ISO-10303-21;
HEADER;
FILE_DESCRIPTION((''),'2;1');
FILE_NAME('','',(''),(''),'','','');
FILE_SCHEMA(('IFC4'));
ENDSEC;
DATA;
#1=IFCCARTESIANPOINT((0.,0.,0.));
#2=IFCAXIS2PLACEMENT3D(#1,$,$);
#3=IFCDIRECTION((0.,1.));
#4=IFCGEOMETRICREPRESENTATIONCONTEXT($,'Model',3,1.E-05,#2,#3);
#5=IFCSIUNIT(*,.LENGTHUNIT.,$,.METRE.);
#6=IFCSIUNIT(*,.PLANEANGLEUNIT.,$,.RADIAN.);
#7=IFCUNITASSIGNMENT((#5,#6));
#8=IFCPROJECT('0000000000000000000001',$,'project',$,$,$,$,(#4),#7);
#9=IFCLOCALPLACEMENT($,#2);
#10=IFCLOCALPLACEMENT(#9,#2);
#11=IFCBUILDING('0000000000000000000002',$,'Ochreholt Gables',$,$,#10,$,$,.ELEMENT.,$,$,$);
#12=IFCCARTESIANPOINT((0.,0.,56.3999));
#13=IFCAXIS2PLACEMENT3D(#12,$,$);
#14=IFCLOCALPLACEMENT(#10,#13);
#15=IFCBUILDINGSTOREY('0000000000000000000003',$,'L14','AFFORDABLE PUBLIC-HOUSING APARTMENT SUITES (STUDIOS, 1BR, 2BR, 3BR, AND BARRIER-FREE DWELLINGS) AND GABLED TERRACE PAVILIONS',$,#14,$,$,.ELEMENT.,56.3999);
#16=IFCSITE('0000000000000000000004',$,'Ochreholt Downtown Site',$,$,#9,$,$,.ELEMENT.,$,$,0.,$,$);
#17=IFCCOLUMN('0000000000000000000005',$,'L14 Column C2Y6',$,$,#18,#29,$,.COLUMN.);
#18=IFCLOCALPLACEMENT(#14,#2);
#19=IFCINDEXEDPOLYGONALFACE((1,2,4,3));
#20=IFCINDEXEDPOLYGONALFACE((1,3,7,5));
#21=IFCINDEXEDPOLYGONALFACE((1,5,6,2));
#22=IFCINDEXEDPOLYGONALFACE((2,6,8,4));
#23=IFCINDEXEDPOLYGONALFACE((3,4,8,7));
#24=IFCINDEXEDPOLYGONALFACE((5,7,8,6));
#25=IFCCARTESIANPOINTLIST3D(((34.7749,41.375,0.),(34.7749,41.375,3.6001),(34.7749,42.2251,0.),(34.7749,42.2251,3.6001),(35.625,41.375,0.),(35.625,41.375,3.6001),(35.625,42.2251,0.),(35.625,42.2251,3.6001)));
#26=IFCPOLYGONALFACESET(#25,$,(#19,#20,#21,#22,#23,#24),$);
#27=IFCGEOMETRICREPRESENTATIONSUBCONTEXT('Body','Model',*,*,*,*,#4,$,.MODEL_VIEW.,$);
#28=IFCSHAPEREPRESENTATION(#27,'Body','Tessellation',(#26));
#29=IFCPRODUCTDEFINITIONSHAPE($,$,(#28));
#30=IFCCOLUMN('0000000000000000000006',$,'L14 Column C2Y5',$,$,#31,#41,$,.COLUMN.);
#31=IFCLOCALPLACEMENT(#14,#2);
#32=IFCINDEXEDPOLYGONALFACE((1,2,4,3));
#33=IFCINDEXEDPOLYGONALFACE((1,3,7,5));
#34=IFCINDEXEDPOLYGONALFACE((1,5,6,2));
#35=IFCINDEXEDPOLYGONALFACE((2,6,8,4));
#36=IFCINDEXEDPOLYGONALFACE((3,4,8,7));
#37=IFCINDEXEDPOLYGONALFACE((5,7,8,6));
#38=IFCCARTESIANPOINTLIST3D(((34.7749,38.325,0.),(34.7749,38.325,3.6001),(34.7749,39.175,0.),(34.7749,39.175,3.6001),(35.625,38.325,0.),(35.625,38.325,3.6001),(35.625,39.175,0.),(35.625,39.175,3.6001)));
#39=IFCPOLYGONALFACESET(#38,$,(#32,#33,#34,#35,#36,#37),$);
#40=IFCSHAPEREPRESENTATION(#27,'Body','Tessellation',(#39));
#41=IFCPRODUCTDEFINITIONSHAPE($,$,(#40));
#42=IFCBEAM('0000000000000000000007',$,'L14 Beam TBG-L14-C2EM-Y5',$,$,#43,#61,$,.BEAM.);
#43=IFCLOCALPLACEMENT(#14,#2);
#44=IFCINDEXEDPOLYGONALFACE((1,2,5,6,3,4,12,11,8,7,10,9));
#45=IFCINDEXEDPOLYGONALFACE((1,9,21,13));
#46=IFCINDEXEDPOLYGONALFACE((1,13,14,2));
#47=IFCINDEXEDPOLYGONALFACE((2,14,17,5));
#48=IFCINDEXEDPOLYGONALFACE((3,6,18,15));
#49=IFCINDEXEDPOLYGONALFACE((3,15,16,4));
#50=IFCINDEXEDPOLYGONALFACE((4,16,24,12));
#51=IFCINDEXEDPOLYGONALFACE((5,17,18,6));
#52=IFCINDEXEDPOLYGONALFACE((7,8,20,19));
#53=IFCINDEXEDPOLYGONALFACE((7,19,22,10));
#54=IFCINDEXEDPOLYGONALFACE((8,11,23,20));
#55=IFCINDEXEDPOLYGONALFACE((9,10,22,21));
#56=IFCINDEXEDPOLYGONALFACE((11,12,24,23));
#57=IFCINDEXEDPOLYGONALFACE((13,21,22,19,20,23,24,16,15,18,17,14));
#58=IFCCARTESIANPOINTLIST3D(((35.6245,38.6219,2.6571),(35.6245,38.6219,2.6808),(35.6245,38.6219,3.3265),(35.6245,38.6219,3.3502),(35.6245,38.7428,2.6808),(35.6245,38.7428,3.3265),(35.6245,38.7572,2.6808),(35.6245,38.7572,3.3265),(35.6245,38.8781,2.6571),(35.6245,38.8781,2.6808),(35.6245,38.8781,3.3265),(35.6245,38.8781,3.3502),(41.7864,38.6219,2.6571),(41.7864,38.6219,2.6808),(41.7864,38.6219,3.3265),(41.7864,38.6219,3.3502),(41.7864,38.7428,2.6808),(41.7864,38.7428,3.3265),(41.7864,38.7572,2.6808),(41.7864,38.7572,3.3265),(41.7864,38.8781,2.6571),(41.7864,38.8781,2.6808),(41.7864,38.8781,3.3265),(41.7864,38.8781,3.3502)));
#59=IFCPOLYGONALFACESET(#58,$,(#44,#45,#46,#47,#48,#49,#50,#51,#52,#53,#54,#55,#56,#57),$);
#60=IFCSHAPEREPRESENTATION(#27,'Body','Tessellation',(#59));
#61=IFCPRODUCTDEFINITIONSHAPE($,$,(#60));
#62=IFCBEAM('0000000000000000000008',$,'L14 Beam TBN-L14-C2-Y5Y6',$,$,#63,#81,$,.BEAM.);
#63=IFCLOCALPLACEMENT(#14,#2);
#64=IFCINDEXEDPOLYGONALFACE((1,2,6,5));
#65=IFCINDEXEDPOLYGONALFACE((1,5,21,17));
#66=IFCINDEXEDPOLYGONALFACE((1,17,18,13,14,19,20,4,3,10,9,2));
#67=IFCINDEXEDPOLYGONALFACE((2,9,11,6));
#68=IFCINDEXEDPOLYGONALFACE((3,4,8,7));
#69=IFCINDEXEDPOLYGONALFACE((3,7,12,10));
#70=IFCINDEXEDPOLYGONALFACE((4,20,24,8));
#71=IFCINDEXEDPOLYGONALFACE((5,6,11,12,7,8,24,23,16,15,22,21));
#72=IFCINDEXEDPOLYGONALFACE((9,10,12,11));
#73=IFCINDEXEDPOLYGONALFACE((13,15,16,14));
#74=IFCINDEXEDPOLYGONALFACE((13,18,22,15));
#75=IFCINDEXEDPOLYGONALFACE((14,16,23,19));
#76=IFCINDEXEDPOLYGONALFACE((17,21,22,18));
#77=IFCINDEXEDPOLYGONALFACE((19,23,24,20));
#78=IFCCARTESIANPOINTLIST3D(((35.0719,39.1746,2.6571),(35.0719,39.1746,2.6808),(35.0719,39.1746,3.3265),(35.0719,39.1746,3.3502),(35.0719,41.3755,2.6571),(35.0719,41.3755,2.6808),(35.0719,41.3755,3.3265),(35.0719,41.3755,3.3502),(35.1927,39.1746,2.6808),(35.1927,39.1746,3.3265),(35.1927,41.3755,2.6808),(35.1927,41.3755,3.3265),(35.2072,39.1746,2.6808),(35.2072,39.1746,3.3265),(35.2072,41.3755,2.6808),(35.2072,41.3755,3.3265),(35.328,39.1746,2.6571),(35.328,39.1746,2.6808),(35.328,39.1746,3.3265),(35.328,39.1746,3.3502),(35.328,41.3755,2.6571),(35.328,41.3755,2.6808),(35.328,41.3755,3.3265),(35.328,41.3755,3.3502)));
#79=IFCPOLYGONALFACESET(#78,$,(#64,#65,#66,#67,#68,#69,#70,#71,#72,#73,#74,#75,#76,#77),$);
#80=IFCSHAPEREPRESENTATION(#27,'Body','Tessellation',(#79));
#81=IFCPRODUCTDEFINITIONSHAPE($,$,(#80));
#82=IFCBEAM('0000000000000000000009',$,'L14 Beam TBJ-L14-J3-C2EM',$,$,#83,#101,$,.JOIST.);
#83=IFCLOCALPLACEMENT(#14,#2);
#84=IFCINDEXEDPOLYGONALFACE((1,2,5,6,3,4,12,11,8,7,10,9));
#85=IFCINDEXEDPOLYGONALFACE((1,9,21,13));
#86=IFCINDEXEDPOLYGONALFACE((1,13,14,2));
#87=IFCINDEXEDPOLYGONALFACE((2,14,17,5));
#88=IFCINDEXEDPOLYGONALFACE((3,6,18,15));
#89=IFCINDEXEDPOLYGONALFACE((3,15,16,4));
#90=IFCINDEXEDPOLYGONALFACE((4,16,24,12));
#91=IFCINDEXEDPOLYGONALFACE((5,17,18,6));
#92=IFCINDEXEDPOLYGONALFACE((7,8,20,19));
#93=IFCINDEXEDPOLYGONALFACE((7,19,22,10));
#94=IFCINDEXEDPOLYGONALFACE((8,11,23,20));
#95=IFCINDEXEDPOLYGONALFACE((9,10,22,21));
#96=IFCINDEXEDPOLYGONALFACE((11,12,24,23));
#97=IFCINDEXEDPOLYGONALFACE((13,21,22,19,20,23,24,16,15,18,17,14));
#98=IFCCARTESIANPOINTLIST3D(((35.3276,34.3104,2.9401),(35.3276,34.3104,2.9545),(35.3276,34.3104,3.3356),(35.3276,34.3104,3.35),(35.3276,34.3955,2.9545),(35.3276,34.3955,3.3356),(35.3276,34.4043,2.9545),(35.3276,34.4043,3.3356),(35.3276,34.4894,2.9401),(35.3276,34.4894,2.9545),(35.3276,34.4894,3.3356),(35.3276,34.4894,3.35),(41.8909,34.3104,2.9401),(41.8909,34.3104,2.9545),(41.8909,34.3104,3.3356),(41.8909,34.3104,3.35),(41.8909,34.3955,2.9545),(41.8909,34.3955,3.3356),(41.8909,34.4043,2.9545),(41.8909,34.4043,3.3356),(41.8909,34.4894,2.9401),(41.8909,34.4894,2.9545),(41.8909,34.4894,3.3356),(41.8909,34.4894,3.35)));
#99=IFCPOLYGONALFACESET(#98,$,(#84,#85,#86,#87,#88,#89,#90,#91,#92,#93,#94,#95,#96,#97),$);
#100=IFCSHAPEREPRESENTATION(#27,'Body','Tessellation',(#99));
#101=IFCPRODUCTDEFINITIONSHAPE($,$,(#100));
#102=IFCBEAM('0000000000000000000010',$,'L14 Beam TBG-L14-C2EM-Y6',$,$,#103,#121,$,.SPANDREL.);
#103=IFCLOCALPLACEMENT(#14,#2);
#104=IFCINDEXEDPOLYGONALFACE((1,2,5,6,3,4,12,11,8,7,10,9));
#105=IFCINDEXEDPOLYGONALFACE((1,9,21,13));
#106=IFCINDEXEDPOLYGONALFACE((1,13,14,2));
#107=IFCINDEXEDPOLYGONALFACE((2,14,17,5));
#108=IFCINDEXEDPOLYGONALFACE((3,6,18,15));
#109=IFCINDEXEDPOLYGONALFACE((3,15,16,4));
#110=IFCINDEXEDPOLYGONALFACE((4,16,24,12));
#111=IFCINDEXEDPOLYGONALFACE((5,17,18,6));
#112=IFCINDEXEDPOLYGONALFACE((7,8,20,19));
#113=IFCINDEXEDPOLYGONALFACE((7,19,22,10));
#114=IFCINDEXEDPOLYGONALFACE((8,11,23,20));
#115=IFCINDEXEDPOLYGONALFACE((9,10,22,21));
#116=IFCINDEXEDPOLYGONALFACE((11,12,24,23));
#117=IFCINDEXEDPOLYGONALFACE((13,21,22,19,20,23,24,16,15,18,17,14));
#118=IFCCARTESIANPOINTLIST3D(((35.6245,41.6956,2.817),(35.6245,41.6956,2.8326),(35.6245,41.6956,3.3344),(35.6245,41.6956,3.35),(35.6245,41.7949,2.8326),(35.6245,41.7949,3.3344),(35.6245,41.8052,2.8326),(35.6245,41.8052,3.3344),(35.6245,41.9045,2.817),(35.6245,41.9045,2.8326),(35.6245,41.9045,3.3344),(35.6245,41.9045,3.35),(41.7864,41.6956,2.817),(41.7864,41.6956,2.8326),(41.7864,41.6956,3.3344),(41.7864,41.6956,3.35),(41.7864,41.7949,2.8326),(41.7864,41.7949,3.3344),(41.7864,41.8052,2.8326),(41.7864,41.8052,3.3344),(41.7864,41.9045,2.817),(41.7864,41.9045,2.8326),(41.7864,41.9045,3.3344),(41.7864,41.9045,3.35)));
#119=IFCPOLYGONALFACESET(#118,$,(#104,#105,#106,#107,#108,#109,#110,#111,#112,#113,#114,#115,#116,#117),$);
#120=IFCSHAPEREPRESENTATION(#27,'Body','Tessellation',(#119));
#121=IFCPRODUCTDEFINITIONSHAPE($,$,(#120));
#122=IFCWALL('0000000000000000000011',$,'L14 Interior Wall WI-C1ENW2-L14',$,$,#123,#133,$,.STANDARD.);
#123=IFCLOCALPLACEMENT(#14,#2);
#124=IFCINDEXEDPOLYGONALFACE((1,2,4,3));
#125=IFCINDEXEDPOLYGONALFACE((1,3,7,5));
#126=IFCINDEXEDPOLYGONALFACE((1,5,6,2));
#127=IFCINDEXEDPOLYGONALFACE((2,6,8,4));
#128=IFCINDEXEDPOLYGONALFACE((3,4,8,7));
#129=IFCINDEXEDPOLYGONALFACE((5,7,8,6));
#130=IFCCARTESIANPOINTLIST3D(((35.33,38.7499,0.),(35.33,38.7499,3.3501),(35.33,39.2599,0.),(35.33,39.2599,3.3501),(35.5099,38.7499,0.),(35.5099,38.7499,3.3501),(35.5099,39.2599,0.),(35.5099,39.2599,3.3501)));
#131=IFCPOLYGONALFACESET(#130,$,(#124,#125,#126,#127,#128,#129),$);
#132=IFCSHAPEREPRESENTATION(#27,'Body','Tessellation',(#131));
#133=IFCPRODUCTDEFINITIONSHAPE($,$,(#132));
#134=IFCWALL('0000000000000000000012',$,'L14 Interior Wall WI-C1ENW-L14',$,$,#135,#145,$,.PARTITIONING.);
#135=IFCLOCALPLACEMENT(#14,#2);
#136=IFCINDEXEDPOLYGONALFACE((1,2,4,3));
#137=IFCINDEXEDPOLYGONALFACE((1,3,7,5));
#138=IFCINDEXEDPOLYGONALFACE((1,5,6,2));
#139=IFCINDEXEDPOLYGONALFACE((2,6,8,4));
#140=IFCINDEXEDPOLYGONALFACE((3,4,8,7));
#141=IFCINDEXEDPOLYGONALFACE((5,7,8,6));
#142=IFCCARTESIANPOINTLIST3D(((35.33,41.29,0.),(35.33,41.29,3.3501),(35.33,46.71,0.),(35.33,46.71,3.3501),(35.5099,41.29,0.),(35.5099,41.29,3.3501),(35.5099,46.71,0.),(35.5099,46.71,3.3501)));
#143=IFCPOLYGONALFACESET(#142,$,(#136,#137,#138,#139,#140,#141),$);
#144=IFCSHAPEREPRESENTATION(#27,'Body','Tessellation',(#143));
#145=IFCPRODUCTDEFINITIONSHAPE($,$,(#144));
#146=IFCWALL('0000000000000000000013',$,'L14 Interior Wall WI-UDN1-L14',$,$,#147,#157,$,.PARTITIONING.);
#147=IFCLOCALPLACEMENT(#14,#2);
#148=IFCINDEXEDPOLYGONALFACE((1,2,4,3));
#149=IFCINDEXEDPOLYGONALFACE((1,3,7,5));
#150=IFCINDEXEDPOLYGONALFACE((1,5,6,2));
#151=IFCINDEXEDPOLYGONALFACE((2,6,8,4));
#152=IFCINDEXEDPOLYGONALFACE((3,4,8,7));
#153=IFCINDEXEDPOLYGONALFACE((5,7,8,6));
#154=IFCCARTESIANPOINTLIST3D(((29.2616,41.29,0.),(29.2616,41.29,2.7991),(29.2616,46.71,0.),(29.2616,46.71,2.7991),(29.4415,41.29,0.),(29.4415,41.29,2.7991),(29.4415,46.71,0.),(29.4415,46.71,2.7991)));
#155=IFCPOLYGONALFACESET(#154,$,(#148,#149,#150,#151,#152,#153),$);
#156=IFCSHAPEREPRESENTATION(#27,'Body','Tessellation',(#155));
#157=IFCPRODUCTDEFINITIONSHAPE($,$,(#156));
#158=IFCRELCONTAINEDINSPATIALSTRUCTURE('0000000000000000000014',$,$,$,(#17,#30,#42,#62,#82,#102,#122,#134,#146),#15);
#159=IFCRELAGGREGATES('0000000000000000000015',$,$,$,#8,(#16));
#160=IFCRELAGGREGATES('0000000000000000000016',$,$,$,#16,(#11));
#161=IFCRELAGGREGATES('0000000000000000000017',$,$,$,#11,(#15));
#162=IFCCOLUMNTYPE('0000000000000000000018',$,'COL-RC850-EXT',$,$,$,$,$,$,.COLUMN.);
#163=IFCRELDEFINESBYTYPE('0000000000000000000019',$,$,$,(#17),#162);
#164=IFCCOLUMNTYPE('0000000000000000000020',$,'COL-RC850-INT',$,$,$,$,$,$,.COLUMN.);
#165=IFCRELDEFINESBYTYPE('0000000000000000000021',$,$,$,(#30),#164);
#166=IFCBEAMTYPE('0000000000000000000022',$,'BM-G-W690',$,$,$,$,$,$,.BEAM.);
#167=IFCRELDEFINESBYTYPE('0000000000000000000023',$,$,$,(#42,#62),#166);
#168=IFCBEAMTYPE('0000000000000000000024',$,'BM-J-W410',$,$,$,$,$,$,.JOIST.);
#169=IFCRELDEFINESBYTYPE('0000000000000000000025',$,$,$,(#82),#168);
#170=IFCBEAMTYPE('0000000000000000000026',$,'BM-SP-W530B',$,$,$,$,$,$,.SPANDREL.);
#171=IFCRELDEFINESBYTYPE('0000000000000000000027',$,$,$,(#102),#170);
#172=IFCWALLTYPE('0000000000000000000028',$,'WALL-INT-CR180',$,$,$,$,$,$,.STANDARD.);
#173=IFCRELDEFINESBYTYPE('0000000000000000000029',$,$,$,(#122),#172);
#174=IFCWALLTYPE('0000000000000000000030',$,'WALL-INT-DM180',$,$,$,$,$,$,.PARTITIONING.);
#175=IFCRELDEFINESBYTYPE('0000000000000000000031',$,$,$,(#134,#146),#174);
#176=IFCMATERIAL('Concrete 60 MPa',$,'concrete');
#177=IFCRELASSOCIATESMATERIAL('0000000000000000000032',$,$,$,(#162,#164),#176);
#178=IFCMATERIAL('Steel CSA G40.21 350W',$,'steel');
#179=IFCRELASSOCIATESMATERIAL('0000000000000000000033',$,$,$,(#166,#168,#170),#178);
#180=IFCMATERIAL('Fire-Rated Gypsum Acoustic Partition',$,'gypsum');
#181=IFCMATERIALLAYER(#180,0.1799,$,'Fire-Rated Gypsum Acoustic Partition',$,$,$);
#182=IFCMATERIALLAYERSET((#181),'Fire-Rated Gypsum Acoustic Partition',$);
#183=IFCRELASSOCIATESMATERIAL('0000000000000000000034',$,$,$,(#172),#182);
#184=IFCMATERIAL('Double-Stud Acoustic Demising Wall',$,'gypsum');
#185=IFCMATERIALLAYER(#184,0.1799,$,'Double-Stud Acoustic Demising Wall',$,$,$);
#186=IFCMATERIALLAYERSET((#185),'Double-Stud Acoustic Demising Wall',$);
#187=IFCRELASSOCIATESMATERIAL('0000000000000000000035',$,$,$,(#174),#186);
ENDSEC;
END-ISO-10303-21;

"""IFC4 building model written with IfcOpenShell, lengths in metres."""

from ifc_helpers import new_model, si_unit, direction, frame, frame_2d, origin, origin_2d, place, context, subcontext, project, spatial, rectangle, i_section, extrude, material, layer, layer_set, material_profile, profile_set, type_object, element, save


model = new_model("IFC4")

# Units and contexts
model_context = context("Model", 3, precision=1e-05, world=origin(), true_north=direction((0.0, 1.0)))
body_context = subcontext(model_context, "Body", "Model", "MODEL_VIEW")
ifc_project = project(units=[si_unit("LENGTHUNIT", "METRE"), si_unit("PLANEANGLEUNIT", "RADIAN")], contexts=[model_context])

# Site, building, storey
site_placement = place(None, origin())
site = spatial("IfcSite", under=ifc_project, at=site_placement, Name="Ochreholt Downtown Site", CompositionType="ELEMENT", RefElevation=0.0)
building_placement = place(site_placement, origin())
building = spatial("IfcBuilding", under=site, at=building_placement, Name="Ochreholt Gables", CompositionType="ELEMENT")
storey_placement = place(building_placement, frame((0.0, 0.0, 56.3999)))
storey = spatial("IfcBuildingStorey", under=building, at=storey_placement, Name="L14", Description="AFFORDABLE PUBLIC-HOUSING APARTMENT SUITES (STUDIOS, 1BR, 2BR, 3BR, AND BARRIER-FREE DWELLINGS) AND GABLED TERRACE PAVILIONS", CompositionType="ELEMENT", Elevation=56.3999)

# Columns
ifc_material_1 = material(Name="Concrete 60 MPa", Category="concrete")
ifc_material_profile_1 = material_profile(ifc_material_1, rectangle(XDim=0.8501, YDim=0.8501, at=origin_2d()), Name="RC850X850")
ifc_profile_set_1 = profile_set([ifc_material_profile_1], Name="Concrete 60 MPa")
column_type_1 = type_object("IfcColumnType", Name="COL-RC850-EXT", PredefinedType="COLUMN", material=ifc_profile_set_1)
column_1_placement = place(storey_placement, frame((35.2, 41.8, 0.0), z_axis=(0.0, 0.0, 1.0), x_axis=(1.0, 0.0, 0.0)))
element("IfcColumn", 1, at=column_1_placement, inside=storey, type_object=column_type_1, Name="L14 Column C2Y6", PredefinedType="COLUMN", context=body_context, shape_type="SweptSolid", body=[
    extrude(rectangle(XDim=0.8501, YDim=0.8501, at=origin_2d()), origin(), (0.0, 0.0, 1.0), 3.6001),
])
ifc_material_profile_2 = material_profile(ifc_material_1, rectangle(XDim=0.8501, YDim=0.8501, at=origin_2d()), Name="RC850X850")
ifc_profile_set_2 = profile_set([ifc_material_profile_2], Name="Concrete 60 MPa")
column_type_2 = type_object("IfcColumnType", Name="COL-RC850-INT", PredefinedType="COLUMN", material=ifc_profile_set_2)
column_2_placement = place(storey_placement, frame((35.2, 38.75, 0.0), z_axis=(0.0, 0.0, 1.0), x_axis=(1.0, 0.0, 0.0)))
element("IfcColumn", 2, at=column_2_placement, inside=storey, type_object=column_type_2, Name="L14 Column C2Y5", PredefinedType="COLUMN", context=body_context, shape_type="SweptSolid", body=[
    extrude(rectangle(XDim=0.8501, YDim=0.8501, at=origin_2d()), origin(), (0.0, 0.0, 1.0), 3.6001),
])

# Beams
ifc_material_2 = material(Name="Steel CSA G40.21 350W", Category="steel")
ifc_material_profile_3 = material_profile(ifc_material_2, i_section(OverallWidth=0.2561, OverallDepth=0.6931, WebThickness=0.0144, FlangeThickness=0.0237, at=origin_2d()), Name="W690X170")
ifc_profile_set_3 = profile_set([ifc_material_profile_3], Name="Steel CSA G40.21 350W")
beam_type_1 = type_object("IfcBeamType", Name="BM-G-W690", PredefinedType="BEAM", material=ifc_profile_set_3)
beam_1_placement = place(storey_placement, frame((35.6245, 38.75, 3.0037), z_axis=(1.0, 0.0, 0.0), x_axis=(0.0, 1.0, 0.0)))
element("IfcBeam", 3, at=beam_1_placement, inside=storey, type_object=beam_type_1, Name="L14 Beam TBG-L14-C2EM-Y5", PredefinedType="BEAM", context=body_context, shape_type="SweptSolid", body=[
    extrude(i_section(OverallWidth=0.2561, OverallDepth=0.6931, WebThickness=0.0144, FlangeThickness=0.0237, at=origin_2d()), origin(), (0.0, 0.0, 1.0), 6.1619),
])
beam_2_placement = place(storey_placement, frame((35.2, 39.1746, 3.0037), z_axis=(0.0, 1.0, 0.0), x_axis=(-1.0, 0.0, 0.0)))
element("IfcBeam", 4, at=beam_2_placement, inside=storey, type_object=beam_type_1, Name="L14 Beam TBN-L14-C2-Y5Y6", PredefinedType="BEAM", context=body_context, shape_type="SweptSolid", body=[
    extrude(i_section(OverallWidth=0.2561, OverallDepth=0.6931, WebThickness=0.0144, FlangeThickness=0.0237, at=origin_2d()), origin(), (0.0, 0.0, 1.0), 2.2009),
])
ifc_material_profile_4 = material_profile(ifc_material_2, i_section(OverallWidth=0.179, OverallDepth=0.4099, WebThickness=0.0088, FlangeThickness=0.0144, at=origin_2d()), Name="W410X67")
ifc_profile_set_4 = profile_set([ifc_material_profile_4], Name="Steel CSA G40.21 350W")
beam_type_2 = type_object("IfcBeamType", Name="BM-J-W410", PredefinedType="JOIST", material=ifc_profile_set_4)
beam_3_placement = place(storey_placement, frame((35.3276, 34.3999, 3.145), z_axis=(1.0, 0.0, 0.0), x_axis=(0.0, 1.0, 0.0)))
element("IfcBeam", 5, at=beam_3_placement, inside=storey, type_object=beam_type_2, Name="L14 Beam TBJ-L14-J3-C2EM", PredefinedType="JOIST", context=body_context, shape_type="SweptSolid", body=[
    extrude(i_section(OverallWidth=0.179, OverallDepth=0.4099, WebThickness=0.0088, FlangeThickness=0.0144, at=origin_2d()), origin(), (0.0, 0.0, 1.0), 6.5632),
])
ifc_material_profile_5 = material_profile(ifc_material_2, i_section(OverallWidth=0.209, OverallDepth=0.533, WebThickness=0.0103, FlangeThickness=0.0156, at=origin_2d()), Name="W530X92")
ifc_profile_set_5 = profile_set([ifc_material_profile_5], Name="Steel CSA G40.21 350W")
beam_type_3 = type_object("IfcBeamType", Name="BM-SP-W530B", PredefinedType="SPANDREL", material=ifc_profile_set_5)
beam_4_placement = place(storey_placement, frame((35.6245, 41.8, 3.0835), z_axis=(1.0, 0.0, 0.0), x_axis=(0.0, 1.0, 0.0)))
element("IfcBeam", 6, at=beam_4_placement, inside=storey, type_object=beam_type_3, Name="L14 Beam TBG-L14-C2EM-Y6", PredefinedType="SPANDREL", context=body_context, shape_type="SweptSolid", body=[
    extrude(i_section(OverallWidth=0.209, OverallDepth=0.533, WebThickness=0.0103, FlangeThickness=0.0156, at=origin_2d()), origin(), (0.0, 0.0, 1.0), 6.1619),
])

# Walls
ifc_material_3 = material(Name="Fire-Rated Gypsum Acoustic Partition", Category="gypsum")
ifc_layer_1 = layer(ifc_material_3, 0.1799, Name="Fire-Rated Gypsum Acoustic Partition")
ifc_layer_set_1 = layer_set([ifc_layer_1], Name="Fire-Rated Gypsum Acoustic Partition")
wall_type_1 = type_object("IfcWallType", Name="WALL-INT-CR180", PredefinedType="STANDARD", material=ifc_layer_set_1)
wall_1_placement = place(storey_placement, frame((35.4199, 38.75, 0.0), z_axis=(0.0, 0.0, 1.0), x_axis=(0.0, 1.0, 0.0)))
element("IfcWall", 7, at=wall_1_placement, inside=storey, type_object=wall_type_1, Name="L14 Interior Wall WI-C1ENW2-L14", PredefinedType="STANDARD", context=body_context, shape_type="SweptSolid", body=[
    extrude(rectangle(XDim=0.51, YDim=0.1799, at=frame_2d((0.2549, 0.0))), origin(), (0.0, 0.0, 1.0), 3.3501),
])
ifc_material_4 = material(Name="Double-Stud Acoustic Demising Wall", Category="gypsum")
ifc_layer_2 = layer(ifc_material_4, 0.1799, Name="Double-Stud Acoustic Demising Wall")
ifc_layer_set_2 = layer_set([ifc_layer_2], Name="Double-Stud Acoustic Demising Wall")
wall_type_2 = type_object("IfcWallType", Name="WALL-INT-DM180", PredefinedType="PARTITIONING", material=ifc_layer_set_2)
wall_2_placement = place(storey_placement, frame((35.4199, 41.29, 0.0), z_axis=(0.0, 0.0, 1.0), x_axis=(0.0, 1.0, 0.0)))
element("IfcWall", 8, at=wall_2_placement, inside=storey, type_object=wall_type_2, Name="L14 Interior Wall WI-C1ENW-L14", PredefinedType="PARTITIONING", context=body_context, shape_type="SweptSolid", body=[
    extrude(rectangle(XDim=5.4199, YDim=0.1799, at=frame_2d((2.71, 0.0))), origin(), (0.0, 0.0, 1.0), 3.3501),
])
wall_3_placement = place(storey_placement, frame((29.3516, 41.29, 0.0), z_axis=(0.0, 0.0, 1.0), x_axis=(0.0, 1.0, 0.0)))
element("IfcWall", 9, at=wall_3_placement, inside=storey, type_object=wall_type_2, Name="L14 Interior Wall WI-UDN1-L14", PredefinedType="PARTITIONING", context=body_context, shape_type="SweptSolid", body=[
    extrude(rectangle(XDim=5.4199, YDim=0.1799, at=frame_2d((2.71, 0.0))), origin(), (0.0, 0.0, 1.0), 2.7991),
])

save(model, "model.ifc")
